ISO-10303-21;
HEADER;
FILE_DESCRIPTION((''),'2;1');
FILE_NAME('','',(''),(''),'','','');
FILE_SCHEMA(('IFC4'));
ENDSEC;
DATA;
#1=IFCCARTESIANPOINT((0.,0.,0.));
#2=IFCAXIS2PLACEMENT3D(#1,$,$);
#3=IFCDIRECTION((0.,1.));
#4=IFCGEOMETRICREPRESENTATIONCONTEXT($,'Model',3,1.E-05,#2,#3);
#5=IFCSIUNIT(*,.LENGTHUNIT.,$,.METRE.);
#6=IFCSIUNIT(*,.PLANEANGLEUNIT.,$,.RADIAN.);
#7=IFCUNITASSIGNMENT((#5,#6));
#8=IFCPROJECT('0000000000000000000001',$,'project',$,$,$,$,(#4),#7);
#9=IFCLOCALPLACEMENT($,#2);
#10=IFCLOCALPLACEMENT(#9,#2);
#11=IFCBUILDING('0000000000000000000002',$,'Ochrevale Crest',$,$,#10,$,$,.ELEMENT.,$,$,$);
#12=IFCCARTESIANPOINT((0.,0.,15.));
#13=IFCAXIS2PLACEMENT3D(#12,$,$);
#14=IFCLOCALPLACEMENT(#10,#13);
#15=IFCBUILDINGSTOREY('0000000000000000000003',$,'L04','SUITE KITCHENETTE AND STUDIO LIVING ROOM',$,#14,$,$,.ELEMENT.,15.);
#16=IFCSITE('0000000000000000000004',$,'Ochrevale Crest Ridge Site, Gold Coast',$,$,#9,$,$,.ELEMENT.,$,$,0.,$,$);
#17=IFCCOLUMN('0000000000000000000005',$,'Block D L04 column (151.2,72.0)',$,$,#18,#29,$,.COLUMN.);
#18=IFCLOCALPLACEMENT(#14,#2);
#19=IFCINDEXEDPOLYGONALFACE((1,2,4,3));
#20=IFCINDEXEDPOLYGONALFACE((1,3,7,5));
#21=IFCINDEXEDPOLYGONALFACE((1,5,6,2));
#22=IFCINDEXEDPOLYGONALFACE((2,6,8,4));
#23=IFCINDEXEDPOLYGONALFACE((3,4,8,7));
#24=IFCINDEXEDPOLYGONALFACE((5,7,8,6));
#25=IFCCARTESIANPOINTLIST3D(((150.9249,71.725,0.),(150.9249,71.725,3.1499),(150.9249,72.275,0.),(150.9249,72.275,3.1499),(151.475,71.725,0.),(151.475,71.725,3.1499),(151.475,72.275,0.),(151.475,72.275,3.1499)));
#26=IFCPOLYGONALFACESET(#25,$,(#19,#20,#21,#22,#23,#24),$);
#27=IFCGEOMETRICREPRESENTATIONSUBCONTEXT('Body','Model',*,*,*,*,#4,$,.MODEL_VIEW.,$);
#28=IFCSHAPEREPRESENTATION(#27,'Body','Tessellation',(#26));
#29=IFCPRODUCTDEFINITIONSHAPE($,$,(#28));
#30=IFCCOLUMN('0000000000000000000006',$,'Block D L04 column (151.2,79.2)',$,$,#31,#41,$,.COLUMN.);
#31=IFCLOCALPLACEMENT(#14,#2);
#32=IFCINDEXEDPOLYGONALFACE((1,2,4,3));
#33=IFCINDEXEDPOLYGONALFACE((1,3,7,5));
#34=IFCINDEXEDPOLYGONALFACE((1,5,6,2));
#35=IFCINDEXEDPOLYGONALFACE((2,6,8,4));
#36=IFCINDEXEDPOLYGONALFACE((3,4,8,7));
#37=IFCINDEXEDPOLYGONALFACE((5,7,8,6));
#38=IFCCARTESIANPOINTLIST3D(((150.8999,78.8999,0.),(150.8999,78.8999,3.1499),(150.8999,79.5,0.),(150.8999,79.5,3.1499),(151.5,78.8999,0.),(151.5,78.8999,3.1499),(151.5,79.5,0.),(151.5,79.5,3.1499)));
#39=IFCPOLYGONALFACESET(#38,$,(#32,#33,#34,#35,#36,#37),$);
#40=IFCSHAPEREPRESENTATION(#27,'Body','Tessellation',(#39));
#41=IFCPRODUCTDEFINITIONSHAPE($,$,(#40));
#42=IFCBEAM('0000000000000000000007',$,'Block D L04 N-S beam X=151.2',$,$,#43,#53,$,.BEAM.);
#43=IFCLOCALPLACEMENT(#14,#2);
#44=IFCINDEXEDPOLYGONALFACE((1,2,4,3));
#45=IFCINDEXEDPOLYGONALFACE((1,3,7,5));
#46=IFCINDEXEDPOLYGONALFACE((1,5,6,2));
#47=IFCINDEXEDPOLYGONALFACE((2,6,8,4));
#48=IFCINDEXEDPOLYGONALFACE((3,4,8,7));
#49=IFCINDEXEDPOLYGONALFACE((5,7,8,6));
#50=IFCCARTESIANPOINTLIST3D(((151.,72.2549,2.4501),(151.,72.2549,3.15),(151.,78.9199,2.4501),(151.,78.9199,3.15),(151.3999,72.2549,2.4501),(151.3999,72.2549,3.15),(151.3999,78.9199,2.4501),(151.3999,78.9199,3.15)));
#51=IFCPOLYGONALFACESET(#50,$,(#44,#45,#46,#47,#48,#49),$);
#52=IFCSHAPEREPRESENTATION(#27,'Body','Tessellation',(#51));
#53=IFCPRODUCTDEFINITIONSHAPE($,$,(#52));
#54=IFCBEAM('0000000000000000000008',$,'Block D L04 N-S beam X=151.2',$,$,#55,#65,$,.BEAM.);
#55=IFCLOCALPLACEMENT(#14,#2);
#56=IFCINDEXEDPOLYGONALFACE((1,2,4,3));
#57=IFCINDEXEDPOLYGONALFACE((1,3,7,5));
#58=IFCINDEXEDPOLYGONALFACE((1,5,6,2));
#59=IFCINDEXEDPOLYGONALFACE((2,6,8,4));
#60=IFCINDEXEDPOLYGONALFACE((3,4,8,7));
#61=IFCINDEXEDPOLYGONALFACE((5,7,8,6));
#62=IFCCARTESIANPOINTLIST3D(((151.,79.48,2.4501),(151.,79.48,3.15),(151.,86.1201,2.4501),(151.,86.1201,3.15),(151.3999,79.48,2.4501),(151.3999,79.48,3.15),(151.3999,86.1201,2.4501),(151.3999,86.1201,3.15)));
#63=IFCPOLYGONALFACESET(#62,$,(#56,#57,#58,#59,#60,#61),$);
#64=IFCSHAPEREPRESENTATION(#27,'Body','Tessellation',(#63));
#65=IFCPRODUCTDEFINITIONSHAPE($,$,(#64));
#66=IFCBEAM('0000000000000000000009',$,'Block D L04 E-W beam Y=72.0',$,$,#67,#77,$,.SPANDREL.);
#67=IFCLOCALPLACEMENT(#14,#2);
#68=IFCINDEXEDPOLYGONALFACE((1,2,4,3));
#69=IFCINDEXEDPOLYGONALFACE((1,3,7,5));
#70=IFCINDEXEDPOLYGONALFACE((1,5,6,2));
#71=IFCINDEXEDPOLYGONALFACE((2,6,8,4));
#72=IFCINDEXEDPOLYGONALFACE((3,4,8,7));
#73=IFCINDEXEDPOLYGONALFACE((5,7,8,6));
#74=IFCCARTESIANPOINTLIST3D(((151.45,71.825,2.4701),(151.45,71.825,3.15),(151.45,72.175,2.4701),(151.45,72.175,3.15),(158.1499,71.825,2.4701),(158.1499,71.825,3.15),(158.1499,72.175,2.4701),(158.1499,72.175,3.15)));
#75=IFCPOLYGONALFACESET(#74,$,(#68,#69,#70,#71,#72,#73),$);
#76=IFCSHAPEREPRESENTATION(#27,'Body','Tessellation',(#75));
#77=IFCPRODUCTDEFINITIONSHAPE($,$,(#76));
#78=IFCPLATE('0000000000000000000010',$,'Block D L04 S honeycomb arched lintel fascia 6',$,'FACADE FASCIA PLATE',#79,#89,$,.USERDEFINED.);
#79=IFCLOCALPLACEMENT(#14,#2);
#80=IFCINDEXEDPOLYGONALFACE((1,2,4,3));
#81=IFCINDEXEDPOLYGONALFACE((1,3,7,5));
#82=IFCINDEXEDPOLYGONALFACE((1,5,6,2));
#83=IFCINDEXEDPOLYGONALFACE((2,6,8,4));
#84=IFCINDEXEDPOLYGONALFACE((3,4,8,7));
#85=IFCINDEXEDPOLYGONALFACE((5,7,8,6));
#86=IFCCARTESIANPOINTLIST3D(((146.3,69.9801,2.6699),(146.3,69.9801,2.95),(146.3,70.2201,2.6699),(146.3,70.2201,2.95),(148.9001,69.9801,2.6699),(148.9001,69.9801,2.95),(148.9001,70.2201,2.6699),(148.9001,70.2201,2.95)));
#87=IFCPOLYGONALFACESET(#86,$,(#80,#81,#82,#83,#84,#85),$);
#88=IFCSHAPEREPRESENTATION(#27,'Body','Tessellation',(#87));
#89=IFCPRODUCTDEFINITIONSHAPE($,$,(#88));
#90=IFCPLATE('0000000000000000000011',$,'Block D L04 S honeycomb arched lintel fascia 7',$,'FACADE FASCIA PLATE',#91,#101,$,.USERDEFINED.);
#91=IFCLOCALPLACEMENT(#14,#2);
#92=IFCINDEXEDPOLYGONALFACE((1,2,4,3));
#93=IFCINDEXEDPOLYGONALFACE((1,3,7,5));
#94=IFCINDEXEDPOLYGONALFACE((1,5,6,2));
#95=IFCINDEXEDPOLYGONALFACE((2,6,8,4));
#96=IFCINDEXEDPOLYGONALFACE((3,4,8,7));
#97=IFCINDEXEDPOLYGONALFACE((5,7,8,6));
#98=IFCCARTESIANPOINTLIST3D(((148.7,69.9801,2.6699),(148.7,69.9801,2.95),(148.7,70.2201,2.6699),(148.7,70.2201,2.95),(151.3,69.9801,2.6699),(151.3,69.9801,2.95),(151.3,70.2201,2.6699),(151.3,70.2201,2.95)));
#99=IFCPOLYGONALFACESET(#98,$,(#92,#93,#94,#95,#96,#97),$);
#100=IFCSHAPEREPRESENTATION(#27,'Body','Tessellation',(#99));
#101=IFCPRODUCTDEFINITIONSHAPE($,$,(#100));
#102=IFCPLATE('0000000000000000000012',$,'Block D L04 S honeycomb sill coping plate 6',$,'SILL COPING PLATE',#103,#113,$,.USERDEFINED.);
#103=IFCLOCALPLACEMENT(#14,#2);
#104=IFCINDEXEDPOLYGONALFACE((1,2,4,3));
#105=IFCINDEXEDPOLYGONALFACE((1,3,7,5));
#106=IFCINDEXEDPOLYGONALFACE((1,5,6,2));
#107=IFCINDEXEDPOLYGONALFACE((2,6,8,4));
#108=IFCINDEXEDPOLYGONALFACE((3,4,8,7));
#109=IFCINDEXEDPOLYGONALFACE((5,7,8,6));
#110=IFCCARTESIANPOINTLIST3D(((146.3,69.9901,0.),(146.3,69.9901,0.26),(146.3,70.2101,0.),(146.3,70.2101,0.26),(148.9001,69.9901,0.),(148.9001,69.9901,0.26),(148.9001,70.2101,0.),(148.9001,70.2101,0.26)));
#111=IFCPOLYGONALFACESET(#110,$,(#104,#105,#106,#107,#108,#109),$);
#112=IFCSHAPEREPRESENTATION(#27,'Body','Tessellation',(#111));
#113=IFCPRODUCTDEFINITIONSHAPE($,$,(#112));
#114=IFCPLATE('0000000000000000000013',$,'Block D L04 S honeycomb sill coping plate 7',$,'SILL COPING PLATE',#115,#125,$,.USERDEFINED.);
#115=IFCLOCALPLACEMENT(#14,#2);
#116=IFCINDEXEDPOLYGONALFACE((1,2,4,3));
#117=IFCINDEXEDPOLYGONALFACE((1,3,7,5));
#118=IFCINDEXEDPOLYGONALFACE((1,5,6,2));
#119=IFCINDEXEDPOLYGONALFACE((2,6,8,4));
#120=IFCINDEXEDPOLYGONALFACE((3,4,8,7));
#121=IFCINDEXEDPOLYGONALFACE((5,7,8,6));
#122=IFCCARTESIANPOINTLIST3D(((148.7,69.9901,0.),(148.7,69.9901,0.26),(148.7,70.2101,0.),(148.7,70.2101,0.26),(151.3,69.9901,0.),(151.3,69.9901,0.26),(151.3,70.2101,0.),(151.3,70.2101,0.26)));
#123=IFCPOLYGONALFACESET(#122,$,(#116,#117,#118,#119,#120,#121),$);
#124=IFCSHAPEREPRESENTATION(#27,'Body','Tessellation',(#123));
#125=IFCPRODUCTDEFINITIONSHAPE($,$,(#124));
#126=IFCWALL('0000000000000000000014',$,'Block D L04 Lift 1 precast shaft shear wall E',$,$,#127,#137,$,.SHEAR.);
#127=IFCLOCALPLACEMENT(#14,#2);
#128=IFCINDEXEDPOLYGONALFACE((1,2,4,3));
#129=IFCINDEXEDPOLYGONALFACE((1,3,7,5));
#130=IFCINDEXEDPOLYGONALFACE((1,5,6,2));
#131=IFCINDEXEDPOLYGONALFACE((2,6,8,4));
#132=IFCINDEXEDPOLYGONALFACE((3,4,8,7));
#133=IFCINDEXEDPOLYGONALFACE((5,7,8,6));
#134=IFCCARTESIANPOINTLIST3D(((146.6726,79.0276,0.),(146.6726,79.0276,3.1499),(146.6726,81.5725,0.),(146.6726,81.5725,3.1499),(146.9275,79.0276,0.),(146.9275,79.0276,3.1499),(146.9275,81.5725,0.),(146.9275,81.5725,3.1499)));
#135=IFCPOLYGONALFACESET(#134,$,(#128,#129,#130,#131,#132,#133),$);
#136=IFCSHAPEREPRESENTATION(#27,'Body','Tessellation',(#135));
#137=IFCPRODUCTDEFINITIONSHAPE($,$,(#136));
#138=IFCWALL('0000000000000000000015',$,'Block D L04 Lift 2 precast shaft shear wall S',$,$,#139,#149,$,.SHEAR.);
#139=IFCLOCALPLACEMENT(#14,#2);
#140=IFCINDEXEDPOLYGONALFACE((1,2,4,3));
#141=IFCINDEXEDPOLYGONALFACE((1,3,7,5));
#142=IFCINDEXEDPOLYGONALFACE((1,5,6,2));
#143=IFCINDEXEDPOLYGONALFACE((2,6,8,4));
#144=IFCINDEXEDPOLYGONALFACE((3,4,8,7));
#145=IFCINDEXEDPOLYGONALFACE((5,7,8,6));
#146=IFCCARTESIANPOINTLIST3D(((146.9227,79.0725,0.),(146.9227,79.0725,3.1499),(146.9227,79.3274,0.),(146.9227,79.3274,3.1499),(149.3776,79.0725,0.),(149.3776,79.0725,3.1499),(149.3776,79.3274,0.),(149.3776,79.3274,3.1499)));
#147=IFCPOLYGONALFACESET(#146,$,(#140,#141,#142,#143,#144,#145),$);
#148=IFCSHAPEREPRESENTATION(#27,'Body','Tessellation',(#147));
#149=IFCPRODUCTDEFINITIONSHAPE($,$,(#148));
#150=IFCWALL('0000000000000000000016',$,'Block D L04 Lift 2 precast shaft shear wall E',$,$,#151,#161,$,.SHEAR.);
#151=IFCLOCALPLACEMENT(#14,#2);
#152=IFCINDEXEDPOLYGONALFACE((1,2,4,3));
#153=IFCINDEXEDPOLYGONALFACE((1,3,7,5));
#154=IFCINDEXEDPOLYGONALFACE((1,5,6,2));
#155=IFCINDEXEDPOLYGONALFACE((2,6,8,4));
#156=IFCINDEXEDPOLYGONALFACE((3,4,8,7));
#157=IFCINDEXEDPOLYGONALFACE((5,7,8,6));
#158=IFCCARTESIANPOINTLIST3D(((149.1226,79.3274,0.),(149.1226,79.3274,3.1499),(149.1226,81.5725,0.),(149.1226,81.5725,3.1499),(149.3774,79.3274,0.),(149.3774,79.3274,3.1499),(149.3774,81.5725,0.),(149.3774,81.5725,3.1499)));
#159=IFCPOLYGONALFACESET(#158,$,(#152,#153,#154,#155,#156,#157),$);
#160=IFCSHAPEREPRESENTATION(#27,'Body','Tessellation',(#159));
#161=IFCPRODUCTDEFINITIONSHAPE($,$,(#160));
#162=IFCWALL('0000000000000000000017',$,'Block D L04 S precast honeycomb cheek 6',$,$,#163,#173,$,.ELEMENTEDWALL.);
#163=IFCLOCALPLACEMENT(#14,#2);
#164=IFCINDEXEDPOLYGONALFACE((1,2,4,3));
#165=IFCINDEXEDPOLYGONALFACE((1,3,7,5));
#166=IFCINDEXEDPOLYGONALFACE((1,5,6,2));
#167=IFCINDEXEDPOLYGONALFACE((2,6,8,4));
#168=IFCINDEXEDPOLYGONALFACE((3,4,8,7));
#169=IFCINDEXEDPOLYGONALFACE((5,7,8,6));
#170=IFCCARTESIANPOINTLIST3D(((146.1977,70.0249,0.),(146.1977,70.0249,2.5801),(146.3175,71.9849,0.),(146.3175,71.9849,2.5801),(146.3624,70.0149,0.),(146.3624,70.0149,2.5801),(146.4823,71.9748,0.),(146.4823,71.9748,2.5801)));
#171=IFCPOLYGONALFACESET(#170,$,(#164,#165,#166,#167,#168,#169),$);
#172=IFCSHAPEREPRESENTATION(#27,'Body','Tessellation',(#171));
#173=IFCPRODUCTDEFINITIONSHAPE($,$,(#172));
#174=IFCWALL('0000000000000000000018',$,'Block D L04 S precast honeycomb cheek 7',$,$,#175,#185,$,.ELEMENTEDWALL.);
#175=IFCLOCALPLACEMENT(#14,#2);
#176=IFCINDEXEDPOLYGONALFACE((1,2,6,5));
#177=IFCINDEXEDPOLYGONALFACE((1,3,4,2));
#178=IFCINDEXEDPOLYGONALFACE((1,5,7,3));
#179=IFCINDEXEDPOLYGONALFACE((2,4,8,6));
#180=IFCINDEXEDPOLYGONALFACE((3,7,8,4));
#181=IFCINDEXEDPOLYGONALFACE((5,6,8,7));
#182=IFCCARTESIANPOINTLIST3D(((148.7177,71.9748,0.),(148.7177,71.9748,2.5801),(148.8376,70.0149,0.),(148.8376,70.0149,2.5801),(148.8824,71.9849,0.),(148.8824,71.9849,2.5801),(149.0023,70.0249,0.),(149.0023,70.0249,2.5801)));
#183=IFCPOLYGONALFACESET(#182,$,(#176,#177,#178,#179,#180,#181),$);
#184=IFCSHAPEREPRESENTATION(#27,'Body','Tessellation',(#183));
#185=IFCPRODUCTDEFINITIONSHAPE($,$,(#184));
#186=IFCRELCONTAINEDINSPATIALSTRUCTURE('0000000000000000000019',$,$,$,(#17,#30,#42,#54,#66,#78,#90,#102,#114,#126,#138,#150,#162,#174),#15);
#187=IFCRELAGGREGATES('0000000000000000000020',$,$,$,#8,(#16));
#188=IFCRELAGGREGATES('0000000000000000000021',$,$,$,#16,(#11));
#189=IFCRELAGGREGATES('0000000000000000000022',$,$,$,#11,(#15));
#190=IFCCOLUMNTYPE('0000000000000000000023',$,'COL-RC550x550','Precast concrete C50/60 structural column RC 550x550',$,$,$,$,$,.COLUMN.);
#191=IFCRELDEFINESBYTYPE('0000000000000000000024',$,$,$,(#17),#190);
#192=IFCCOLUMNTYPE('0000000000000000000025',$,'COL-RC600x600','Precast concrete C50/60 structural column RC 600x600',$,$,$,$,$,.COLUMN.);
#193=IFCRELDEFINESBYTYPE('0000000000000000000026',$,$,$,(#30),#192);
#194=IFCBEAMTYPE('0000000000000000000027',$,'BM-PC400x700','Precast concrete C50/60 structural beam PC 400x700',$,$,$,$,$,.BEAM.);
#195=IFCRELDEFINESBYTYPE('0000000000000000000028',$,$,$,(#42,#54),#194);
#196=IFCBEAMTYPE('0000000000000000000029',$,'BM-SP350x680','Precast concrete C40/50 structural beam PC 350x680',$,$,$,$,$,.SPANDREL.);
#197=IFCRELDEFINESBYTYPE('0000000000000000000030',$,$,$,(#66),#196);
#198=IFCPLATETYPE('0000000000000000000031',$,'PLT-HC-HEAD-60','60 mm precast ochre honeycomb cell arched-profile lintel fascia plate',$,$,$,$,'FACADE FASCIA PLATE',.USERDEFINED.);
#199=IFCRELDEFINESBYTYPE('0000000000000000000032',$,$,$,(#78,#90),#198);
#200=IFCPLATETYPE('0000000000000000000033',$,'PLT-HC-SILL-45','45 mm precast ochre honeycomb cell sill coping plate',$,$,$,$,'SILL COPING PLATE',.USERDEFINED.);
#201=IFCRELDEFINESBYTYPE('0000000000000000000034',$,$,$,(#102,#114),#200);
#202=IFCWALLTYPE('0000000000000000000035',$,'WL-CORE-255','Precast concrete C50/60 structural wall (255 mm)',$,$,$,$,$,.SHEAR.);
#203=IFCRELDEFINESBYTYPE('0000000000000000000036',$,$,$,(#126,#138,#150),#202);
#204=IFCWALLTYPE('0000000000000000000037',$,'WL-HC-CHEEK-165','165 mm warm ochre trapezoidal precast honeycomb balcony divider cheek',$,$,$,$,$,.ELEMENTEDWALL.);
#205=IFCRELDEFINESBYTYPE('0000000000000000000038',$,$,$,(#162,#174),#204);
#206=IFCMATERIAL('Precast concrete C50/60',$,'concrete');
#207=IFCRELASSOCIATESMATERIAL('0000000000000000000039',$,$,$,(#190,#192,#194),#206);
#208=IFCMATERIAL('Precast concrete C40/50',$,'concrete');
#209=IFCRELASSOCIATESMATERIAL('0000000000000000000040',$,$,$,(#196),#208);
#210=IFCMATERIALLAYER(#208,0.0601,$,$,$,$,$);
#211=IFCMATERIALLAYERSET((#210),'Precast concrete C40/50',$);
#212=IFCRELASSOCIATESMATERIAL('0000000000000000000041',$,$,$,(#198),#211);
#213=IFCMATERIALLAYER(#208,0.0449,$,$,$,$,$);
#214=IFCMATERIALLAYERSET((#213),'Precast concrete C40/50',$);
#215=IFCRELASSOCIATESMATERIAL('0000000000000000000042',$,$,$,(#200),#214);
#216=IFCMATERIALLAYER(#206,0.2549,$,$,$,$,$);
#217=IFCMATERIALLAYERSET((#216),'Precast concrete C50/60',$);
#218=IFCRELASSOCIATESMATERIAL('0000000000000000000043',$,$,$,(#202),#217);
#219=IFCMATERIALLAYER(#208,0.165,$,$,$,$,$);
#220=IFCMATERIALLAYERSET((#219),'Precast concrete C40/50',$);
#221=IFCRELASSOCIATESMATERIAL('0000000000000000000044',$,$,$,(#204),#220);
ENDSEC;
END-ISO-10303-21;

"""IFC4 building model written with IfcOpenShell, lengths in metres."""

from ifc_helpers import new_model, si_unit, direction, frame, frame_2d, origin, origin_2d, place, context, subcontext, project, spatial, rectangle, extrude, material, layer, layer_set, material_profile, profile_set, type_object, element, save


model = new_model("IFC4")

# Units and contexts
model_context = context("Model", 3, precision=1e-05, world=origin(), true_north=direction((0.0, 1.0)))
body_context = subcontext(model_context, "Body", "Model", "MODEL_VIEW")
ifc_project = project(units=[si_unit("LENGTHUNIT", "METRE"), si_unit("PLANEANGLEUNIT", "RADIAN")], contexts=[model_context])

# Site, building, storey
site_placement = place(None, origin())
site = spatial("IfcSite", under=ifc_project, at=site_placement, Name="Ochrevale Crest Ridge Site, Gold Coast", CompositionType="ELEMENT", RefElevation=0.0)
building_placement = place(site_placement, origin())
building = spatial("IfcBuilding", under=site, at=building_placement, Name="Ochrevale Crest", CompositionType="ELEMENT")
storey_placement = place(building_placement, frame((0.0, 0.0, 15.0)))
storey = spatial("IfcBuildingStorey", under=building, at=storey_placement, Name="L04", Description="SUITE KITCHENETTE AND STUDIO LIVING ROOM", CompositionType="ELEMENT", Elevation=15.0)

# Columns
ifc_material_1 = material(Name="Precast concrete C50/60", Category="concrete")
ifc_material_profile_1 = material_profile(ifc_material_1, rectangle(XDim=0.55, YDim=0.55, at=origin_2d()), Name="RC 550x550")
ifc_profile_set_1 = profile_set([ifc_material_profile_1], Name="Precast concrete C50/60")
column_type_1 = type_object("IfcColumnType", Name="COL-RC550x550", Description="Precast concrete C50/60 structural column RC 550x550", PredefinedType="COLUMN", material=ifc_profile_set_1)
column_1_placement = place(storey_placement, frame((151.2, 72.0, 0.0), z_axis=(0.0, 0.0, 1.0), x_axis=(1.0, 0.0, 0.0)))
element("IfcColumn", 1, at=column_1_placement, inside=storey, type_object=column_type_1, Name="Block D L04 column (151.2,72.0)", PredefinedType="COLUMN", context=body_context, shape_type="SweptSolid", body=[
    extrude(rectangle(XDim=0.55, YDim=0.55, at=origin_2d()), origin(), (0.0, 0.0, 1.0), 3.1499),
])
ifc_material_profile_2 = material_profile(ifc_material_1, rectangle(XDim=0.6001, YDim=0.6001, at=origin_2d()), Name="RC 600x600")
ifc_profile_set_2 = profile_set([ifc_material_profile_2], Name="Precast concrete C50/60")
column_type_2 = type_object("IfcColumnType", Name="COL-RC600x600", Description="Precast concrete C50/60 structural column RC 600x600", PredefinedType="COLUMN", material=ifc_profile_set_2)
column_2_placement = place(storey_placement, frame((151.2, 79.2, 0.0), z_axis=(0.0, 0.0, 1.0), x_axis=(1.0, 0.0, 0.0)))
element("IfcColumn", 2, at=column_2_placement, inside=storey, type_object=column_type_2, Name="Block D L04 column (151.2,79.2)", PredefinedType="COLUMN", context=body_context, shape_type="SweptSolid", body=[
    extrude(rectangle(XDim=0.6001, YDim=0.6001, at=origin_2d()), origin(), (0.0, 0.0, 1.0), 3.1499),
])

# Beams
ifc_material_profile_3 = material_profile(ifc_material_1, rectangle(XDim=0.3999, YDim=0.7, at=origin_2d()), Name="PC 400x700")
ifc_profile_set_3 = profile_set([ifc_material_profile_3], Name="Precast concrete C50/60")
beam_type_1 = type_object("IfcBeamType", Name="BM-PC400x700", Description="Precast concrete C50/60 structural beam PC 400x700", PredefinedType="BEAM", material=ifc_profile_set_3)
beam_1_placement = place(storey_placement, frame((151.2, 72.2549, 2.8), z_axis=(0.0, 1.0, 0.0), x_axis=(-1.0, 0.0, 0.0)))
element("IfcBeam", 3, at=beam_1_placement, inside=storey, type_object=beam_type_1, Name="Block D L04 N-S beam X=151.2", PredefinedType="BEAM", context=body_context, shape_type="SweptSolid", body=[
    extrude(rectangle(XDim=0.3999, YDim=0.7, at=origin_2d()), origin(), (0.0, 0.0, 1.0), 6.665),
])
beam_2_placement = place(storey_placement, frame((151.2, 79.48, 2.8), z_axis=(0.0, 1.0, 0.0), x_axis=(-1.0, 0.0, 0.0)))
element("IfcBeam", 4, at=beam_2_placement, inside=storey, type_object=beam_type_1, Name="Block D L04 N-S beam X=151.2", PredefinedType="BEAM", context=body_context, shape_type="SweptSolid", body=[
    extrude(rectangle(XDim=0.3999, YDim=0.7, at=origin_2d()), origin(), (0.0, 0.0, 1.0), 6.6401),
])
ifc_material_2 = material(Name="Precast concrete C40/50", Category="concrete")
ifc_material_profile_4 = material_profile(ifc_material_2, rectangle(XDim=0.3501, YDim=0.6799, at=origin_2d()), Name="PC 350x680")
ifc_profile_set_4 = profile_set([ifc_material_profile_4], Name="Precast concrete C40/50")
beam_type_2 = type_object("IfcBeamType", Name="BM-SP350x680", Description="Precast concrete C40/50 structural beam PC 350x680", PredefinedType="SPANDREL", material=ifc_profile_set_4)
beam_3_placement = place(storey_placement, frame((151.45, 72.0, 2.8101), z_axis=(1.0, 0.0, 0.0), x_axis=(0.0, 1.0, 0.0)))
element("IfcBeam", 5, at=beam_3_placement, inside=storey, type_object=beam_type_2, Name="Block D L04 E-W beam Y=72.0", PredefinedType="SPANDREL", context=body_context, shape_type="SweptSolid", body=[
    extrude(rectangle(XDim=0.3501, YDim=0.6799, at=origin_2d()), origin(), (0.0, 0.0, 1.0), 6.7),
])

# Plates
ifc_layer_1 = layer(ifc_material_2, 0.0601)
ifc_layer_set_1 = layer_set([ifc_layer_1], Name="Precast concrete C40/50")
plate_type_1 = type_object("IfcPlateType", Name="PLT-HC-HEAD-60", Description="60 mm precast ochre honeycomb cell arched-profile lintel fascia plate", ElementType="FACADE FASCIA PLATE", PredefinedType="USERDEFINED", material=ifc_layer_set_1)
for number, where, z_axis, x_axis, name in (
    (6, (147.6001, 70.1001, 2.6699), (0.0, 0.0, 1.0), (1.0, 0.0, 0.0), "Block D L04 S honeycomb arched lintel fascia 6"),
    (7, (150.0, 70.1001, 2.6699), (0.0, 0.0, 1.0), (1.0, 0.0, 0.0), "Block D L04 S honeycomb arched lintel fascia 7"),
):
    element("IfcPlate", number, at=place(storey_placement, frame(where, z_axis=z_axis, x_axis=x_axis)), inside=storey, type_object=plate_type_1, Name=name, ObjectType="FACADE FASCIA PLATE", PredefinedType="USERDEFINED", context=body_context, shape_type="SweptSolid", body=[
        extrude(rectangle(XDim=2.6001, YDim=0.24, at=origin_2d()), origin(), (0.0, 0.0, 1.0), 0.28),
    ])
ifc_layer_2 = layer(ifc_material_2, 0.0449)
ifc_layer_set_2 = layer_set([ifc_layer_2], Name="Precast concrete C40/50")
plate_type_2 = type_object("IfcPlateType", Name="PLT-HC-SILL-45", Description="45 mm precast ochre honeycomb cell sill coping plate", ElementType="SILL COPING PLATE", PredefinedType="USERDEFINED", material=ifc_layer_set_2)
for number, where, z_axis, x_axis, name in (
    (8, (147.6001, 70.1001, 0.0), (0.0, 0.0, 1.0), (1.0, 0.0, 0.0), "Block D L04 S honeycomb sill coping plate 6"),
    (9, (150.0, 70.1001, 0.0), (0.0, 0.0, 1.0), (1.0, 0.0, 0.0), "Block D L04 S honeycomb sill coping plate 7"),
):
    element("IfcPlate", number, at=place(storey_placement, frame(where, z_axis=z_axis, x_axis=x_axis)), inside=storey, type_object=plate_type_2, Name=name, ObjectType="SILL COPING PLATE", PredefinedType="USERDEFINED", context=body_context, shape_type="SweptSolid", body=[
        extrude(rectangle(XDim=2.6001, YDim=0.22, at=origin_2d()), origin(), (0.0, 0.0, 1.0), 0.26),
    ])

# Walls
ifc_layer_3 = layer(ifc_material_1, 0.2549)
ifc_layer_set_3 = layer_set([ifc_layer_3], Name="Precast concrete C50/60")
wall_type_1 = type_object("IfcWallType", Name="WL-CORE-255", Description="Precast concrete C50/60 structural wall (255 mm)", PredefinedType="SHEAR", material=ifc_layer_set_3)
wall_1_placement = place(storey_placement, frame((146.8, 79.0276, 0.0), z_axis=(0.0, 0.0, 1.0), x_axis=(0.0, 1.0, 0.0)))
element("IfcWall", 10, at=wall_1_placement, inside=storey, type_object=wall_type_1, Name="Block D L04 Lift 1 precast shaft shear wall E", PredefinedType="SHEAR", context=body_context, shape_type="SweptSolid", body=[
    extrude(rectangle(XDim=2.5449, YDim=0.2549, at=frame_2d((1.2725, 0.0))), origin(), (0.0, 0.0, 1.0), 3.1499),
])
wall_2_placement = place(storey_placement, frame((146.9226, 79.2, 0.0), z_axis=(0.0, 0.0, 1.0), x_axis=(1.0, 0.0, 0.0)))
element("IfcWall", 11, at=wall_2_placement, inside=storey, type_object=wall_type_1, Name="Block D L04 Lift 2 precast shaft shear wall S", PredefinedType="SHEAR", context=body_context, shape_type="SweptSolid", body=[
    extrude(rectangle(XDim=2.4548, YDim=0.2549, at=frame_2d((1.2275, 0.0))), origin(), (0.0, 0.0, 1.0), 3.1499),
])
wall_3_placement = place(storey_placement, frame((149.25, 79.3274, 0.0), z_axis=(0.0, 0.0, 1.0), x_axis=(0.0, 1.0, 0.0)))
element("IfcWall", 12, at=wall_3_placement, inside=storey, type_object=wall_type_1, Name="Block D L04 Lift 2 precast shaft shear wall E", PredefinedType="SHEAR", context=body_context, shape_type="SweptSolid", body=[
    extrude(rectangle(XDim=2.2451, YDim=0.2549, at=frame_2d((1.1226, 0.0))), origin(), (0.0, 0.0, 1.0), 3.1499),
])
ifc_layer_4 = layer(ifc_material_2, 0.165)
ifc_layer_set_4 = layer_set([ifc_layer_4], Name="Precast concrete C40/50")
wall_type_2 = type_object("IfcWallType", Name="WL-HC-CHEEK-165", Description="165 mm warm ochre trapezoidal precast honeycomb balcony divider cheek", PredefinedType="ELEMENTEDWALL", material=ifc_layer_set_4)
for number, where, z_axis, x_axis, name in (
    (13, (146.3999, 71.98, 0.0), (0.0, 0.0, 1.0), (-0.061047, -0.998135, 0.0), "Block D L04 S precast honeycomb cheek 6"),
    (14, (148.8, 71.98, 0.0), (0.0, 0.0, 1.0), (0.061047, -0.998135, 0.0), "Block D L04 S precast honeycomb cheek 7"),
):
    element("IfcWall", number, at=place(storey_placement, frame(where, z_axis=z_axis, x_axis=x_axis)), inside=storey, type_object=wall_type_2, Name=name, PredefinedType="ELEMENTEDWALL", context=body_context, shape_type="SweptSolid", body=[
        extrude(rectangle(XDim=1.9636, YDim=0.165, at=frame_2d((0.9819, 0.0))), origin(), (0.0, 0.0, 1.0), 2.5801),
    ])

save(model, "model.ifc")
